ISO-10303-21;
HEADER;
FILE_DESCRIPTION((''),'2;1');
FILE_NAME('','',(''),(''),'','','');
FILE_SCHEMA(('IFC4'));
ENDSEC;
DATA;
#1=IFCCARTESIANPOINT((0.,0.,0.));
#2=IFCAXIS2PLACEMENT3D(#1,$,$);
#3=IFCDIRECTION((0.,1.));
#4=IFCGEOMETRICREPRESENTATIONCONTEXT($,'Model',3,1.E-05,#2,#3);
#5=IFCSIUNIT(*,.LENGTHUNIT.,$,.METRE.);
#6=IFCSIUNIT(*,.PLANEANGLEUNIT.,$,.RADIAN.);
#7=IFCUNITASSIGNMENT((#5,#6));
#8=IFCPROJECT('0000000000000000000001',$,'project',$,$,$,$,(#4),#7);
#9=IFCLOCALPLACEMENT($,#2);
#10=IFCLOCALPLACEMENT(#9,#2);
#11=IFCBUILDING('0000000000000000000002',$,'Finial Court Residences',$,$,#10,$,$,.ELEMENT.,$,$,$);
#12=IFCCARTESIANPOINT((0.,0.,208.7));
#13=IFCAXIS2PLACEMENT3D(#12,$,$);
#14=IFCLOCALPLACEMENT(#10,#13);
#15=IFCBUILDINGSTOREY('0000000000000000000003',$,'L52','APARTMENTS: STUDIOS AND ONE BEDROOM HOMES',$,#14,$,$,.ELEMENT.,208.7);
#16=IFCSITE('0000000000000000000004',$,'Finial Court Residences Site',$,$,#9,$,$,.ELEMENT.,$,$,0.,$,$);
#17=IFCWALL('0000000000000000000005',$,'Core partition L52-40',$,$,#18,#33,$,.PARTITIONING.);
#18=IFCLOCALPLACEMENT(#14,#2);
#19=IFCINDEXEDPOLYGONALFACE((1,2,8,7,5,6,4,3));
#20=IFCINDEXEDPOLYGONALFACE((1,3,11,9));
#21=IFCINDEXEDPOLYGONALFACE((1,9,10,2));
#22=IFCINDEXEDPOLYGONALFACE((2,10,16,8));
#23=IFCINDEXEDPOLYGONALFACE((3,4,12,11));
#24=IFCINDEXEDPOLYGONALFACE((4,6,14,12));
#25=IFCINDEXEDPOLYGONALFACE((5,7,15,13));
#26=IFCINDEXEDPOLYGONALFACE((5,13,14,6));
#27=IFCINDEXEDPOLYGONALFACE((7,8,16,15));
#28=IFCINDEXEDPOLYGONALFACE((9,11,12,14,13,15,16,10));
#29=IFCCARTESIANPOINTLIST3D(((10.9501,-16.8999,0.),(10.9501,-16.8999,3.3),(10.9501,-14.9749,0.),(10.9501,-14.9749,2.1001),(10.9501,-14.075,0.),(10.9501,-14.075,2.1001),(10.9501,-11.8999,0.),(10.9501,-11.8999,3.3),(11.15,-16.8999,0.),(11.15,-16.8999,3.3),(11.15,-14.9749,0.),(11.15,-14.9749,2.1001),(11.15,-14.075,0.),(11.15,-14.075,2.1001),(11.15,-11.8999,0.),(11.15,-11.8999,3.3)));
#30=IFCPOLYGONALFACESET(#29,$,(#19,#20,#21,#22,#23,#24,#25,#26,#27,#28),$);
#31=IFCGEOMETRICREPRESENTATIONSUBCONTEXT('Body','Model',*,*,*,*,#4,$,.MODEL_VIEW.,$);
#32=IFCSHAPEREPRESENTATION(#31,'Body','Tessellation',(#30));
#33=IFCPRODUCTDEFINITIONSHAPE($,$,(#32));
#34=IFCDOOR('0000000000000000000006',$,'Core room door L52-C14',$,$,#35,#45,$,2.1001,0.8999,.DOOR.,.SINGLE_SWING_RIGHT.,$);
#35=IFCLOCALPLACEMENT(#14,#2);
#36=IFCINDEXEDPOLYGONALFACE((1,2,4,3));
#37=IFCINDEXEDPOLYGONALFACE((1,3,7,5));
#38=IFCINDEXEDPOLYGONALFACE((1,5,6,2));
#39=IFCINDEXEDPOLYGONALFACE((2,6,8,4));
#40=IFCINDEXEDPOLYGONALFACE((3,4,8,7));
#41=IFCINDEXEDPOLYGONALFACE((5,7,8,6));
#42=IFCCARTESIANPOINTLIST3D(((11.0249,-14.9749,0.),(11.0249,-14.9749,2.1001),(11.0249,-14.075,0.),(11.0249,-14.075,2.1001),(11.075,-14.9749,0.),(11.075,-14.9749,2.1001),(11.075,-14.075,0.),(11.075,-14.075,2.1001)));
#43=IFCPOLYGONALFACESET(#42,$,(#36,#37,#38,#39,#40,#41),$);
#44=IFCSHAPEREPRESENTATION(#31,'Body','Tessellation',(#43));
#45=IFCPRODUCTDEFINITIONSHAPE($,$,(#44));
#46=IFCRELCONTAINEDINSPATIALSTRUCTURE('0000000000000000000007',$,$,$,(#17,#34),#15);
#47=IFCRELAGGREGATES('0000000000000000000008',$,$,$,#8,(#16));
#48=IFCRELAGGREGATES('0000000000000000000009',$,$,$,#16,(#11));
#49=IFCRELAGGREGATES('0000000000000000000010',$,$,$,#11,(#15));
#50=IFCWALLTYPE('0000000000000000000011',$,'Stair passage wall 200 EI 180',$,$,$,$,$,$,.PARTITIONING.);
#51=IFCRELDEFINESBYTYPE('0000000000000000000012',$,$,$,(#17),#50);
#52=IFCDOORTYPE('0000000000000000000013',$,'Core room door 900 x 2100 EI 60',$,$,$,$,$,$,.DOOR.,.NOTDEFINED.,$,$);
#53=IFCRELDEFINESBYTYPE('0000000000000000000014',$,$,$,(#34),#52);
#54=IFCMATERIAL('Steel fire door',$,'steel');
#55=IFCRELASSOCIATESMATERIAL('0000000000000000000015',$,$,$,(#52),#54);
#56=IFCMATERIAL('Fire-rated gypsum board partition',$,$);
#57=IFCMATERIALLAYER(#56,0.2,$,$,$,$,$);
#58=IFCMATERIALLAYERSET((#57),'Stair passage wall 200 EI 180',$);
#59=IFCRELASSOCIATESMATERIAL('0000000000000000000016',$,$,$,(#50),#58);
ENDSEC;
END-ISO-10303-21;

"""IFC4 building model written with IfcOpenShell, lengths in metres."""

from ifc_helpers import new_model, si_unit, direction, frame, frame_2d, origin, place, context, subcontext, project, spatial, rectangle, extrude, material, layer, layer_set, type_object, element, fill, save


model = new_model("IFC4")

# Units and contexts
model_context = context("Model", 3, precision=1e-05, world=origin(), true_north=direction((0.0, 1.0)))
body_context = subcontext(model_context, "Body", "Model", "MODEL_VIEW")
ifc_project = project(units=[si_unit("LENGTHUNIT", "METRE"), si_unit("PLANEANGLEUNIT", "RADIAN")], contexts=[model_context])

# Site, building, storey
site_placement = place(None, origin())
site = spatial("IfcSite", under=ifc_project, at=site_placement, Name="Finial Court Residences Site", CompositionType="ELEMENT", RefElevation=0.0)
building_placement = place(site_placement, origin())
building = spatial("IfcBuilding", under=site, at=building_placement, Name="Finial Court Residences", CompositionType="ELEMENT")
storey_placement = place(building_placement, frame((0.0, 0.0, 208.7)))
storey = spatial("IfcBuildingStorey", under=building, at=storey_placement, Name="L52", Description="APARTMENTS: STUDIOS AND ONE BEDROOM HOMES", CompositionType="ELEMENT", Elevation=208.7)

# Shared definitions
ifc_material_1 = material(Name="Fire-rated gypsum board partition")

# Shared definitions
ifc_material_2 = material(Name="Steel fire door", Category="steel")
door_type_1 = type_object("IfcDoorType", Name="Core room door 900 x 2100 EI 60", OperationType="NOTDEFINED", PredefinedType="DOOR", material=ifc_material_2)

# Wall, opening, door
ifc_layer_1 = layer(ifc_material_1, 0.2)
ifc_layer_set_1 = layer_set([ifc_layer_1], Name="Stair passage wall 200 EI 180")
wall_type_1 = type_object("IfcWallType", Name="Stair passage wall 200 EI 180", PredefinedType="PARTITIONING", material=ifc_layer_set_1)
wall_1_placement = place(storey_placement, frame((11.05, -11.8999, 0.0), z_axis=(0.0, 0.0, 1.0), x_axis=(0.0, -1.0, 0.0)))
wall_1 = element("IfcWall", 1, at=wall_1_placement, inside=storey, type_object=wall_type_1, Name="Core partition L52-40", PredefinedType="PARTITIONING", context=body_context, shape_type="SweptSolid", body=[
    extrude(rectangle(XDim=5.0, YDim=0.2, at=frame_2d((2.5, 0.0))), origin(), (0.0, 0.0, 1.0), 3.3),
])
opening_1_placement = place(wall_1_placement, frame((2.175, 0.0, 0.0)))
opening_1 = element("IfcOpeningElement", 2, at=opening_1_placement, cuts=wall_1, PredefinedType="OPENING", context=body_context, shape_type="SweptSolid", body=[
    extrude(rectangle(XDim=0.8999, YDim=2.1001, at=frame_2d((0.45, 1.05))), frame((0.0, 0.1099, 0.0), z_axis=(0.0, -1.0, 0.0), x_axis=(1.0, 0.0, 0.0)), (0.0, 0.0, 1.0), 0.22),
])
door_1_placement = place(opening_1_placement, origin())
door_1 = element("IfcDoor", 3, at=door_1_placement, inside=storey, type_object=door_type_1, Name="Core room door L52-C14", OperationType="SINGLE_SWING_RIGHT", OverallHeight=2.1001, OverallWidth=0.8999, PredefinedType="DOOR", context=body_context, shape_type="SweptSolid", body=[
    extrude(rectangle(XDim=0.8999, YDim=2.1001, at=frame_2d((0.45, 1.05))), frame((0.0, 0.0249, 0.0), z_axis=(0.0, -1.0, 0.0), x_axis=(1.0, 0.0, 0.0)), (0.0, 0.0, 1.0), 0.05),
])
fill(opening_1, door_1)

save(model, "model.ifc")
